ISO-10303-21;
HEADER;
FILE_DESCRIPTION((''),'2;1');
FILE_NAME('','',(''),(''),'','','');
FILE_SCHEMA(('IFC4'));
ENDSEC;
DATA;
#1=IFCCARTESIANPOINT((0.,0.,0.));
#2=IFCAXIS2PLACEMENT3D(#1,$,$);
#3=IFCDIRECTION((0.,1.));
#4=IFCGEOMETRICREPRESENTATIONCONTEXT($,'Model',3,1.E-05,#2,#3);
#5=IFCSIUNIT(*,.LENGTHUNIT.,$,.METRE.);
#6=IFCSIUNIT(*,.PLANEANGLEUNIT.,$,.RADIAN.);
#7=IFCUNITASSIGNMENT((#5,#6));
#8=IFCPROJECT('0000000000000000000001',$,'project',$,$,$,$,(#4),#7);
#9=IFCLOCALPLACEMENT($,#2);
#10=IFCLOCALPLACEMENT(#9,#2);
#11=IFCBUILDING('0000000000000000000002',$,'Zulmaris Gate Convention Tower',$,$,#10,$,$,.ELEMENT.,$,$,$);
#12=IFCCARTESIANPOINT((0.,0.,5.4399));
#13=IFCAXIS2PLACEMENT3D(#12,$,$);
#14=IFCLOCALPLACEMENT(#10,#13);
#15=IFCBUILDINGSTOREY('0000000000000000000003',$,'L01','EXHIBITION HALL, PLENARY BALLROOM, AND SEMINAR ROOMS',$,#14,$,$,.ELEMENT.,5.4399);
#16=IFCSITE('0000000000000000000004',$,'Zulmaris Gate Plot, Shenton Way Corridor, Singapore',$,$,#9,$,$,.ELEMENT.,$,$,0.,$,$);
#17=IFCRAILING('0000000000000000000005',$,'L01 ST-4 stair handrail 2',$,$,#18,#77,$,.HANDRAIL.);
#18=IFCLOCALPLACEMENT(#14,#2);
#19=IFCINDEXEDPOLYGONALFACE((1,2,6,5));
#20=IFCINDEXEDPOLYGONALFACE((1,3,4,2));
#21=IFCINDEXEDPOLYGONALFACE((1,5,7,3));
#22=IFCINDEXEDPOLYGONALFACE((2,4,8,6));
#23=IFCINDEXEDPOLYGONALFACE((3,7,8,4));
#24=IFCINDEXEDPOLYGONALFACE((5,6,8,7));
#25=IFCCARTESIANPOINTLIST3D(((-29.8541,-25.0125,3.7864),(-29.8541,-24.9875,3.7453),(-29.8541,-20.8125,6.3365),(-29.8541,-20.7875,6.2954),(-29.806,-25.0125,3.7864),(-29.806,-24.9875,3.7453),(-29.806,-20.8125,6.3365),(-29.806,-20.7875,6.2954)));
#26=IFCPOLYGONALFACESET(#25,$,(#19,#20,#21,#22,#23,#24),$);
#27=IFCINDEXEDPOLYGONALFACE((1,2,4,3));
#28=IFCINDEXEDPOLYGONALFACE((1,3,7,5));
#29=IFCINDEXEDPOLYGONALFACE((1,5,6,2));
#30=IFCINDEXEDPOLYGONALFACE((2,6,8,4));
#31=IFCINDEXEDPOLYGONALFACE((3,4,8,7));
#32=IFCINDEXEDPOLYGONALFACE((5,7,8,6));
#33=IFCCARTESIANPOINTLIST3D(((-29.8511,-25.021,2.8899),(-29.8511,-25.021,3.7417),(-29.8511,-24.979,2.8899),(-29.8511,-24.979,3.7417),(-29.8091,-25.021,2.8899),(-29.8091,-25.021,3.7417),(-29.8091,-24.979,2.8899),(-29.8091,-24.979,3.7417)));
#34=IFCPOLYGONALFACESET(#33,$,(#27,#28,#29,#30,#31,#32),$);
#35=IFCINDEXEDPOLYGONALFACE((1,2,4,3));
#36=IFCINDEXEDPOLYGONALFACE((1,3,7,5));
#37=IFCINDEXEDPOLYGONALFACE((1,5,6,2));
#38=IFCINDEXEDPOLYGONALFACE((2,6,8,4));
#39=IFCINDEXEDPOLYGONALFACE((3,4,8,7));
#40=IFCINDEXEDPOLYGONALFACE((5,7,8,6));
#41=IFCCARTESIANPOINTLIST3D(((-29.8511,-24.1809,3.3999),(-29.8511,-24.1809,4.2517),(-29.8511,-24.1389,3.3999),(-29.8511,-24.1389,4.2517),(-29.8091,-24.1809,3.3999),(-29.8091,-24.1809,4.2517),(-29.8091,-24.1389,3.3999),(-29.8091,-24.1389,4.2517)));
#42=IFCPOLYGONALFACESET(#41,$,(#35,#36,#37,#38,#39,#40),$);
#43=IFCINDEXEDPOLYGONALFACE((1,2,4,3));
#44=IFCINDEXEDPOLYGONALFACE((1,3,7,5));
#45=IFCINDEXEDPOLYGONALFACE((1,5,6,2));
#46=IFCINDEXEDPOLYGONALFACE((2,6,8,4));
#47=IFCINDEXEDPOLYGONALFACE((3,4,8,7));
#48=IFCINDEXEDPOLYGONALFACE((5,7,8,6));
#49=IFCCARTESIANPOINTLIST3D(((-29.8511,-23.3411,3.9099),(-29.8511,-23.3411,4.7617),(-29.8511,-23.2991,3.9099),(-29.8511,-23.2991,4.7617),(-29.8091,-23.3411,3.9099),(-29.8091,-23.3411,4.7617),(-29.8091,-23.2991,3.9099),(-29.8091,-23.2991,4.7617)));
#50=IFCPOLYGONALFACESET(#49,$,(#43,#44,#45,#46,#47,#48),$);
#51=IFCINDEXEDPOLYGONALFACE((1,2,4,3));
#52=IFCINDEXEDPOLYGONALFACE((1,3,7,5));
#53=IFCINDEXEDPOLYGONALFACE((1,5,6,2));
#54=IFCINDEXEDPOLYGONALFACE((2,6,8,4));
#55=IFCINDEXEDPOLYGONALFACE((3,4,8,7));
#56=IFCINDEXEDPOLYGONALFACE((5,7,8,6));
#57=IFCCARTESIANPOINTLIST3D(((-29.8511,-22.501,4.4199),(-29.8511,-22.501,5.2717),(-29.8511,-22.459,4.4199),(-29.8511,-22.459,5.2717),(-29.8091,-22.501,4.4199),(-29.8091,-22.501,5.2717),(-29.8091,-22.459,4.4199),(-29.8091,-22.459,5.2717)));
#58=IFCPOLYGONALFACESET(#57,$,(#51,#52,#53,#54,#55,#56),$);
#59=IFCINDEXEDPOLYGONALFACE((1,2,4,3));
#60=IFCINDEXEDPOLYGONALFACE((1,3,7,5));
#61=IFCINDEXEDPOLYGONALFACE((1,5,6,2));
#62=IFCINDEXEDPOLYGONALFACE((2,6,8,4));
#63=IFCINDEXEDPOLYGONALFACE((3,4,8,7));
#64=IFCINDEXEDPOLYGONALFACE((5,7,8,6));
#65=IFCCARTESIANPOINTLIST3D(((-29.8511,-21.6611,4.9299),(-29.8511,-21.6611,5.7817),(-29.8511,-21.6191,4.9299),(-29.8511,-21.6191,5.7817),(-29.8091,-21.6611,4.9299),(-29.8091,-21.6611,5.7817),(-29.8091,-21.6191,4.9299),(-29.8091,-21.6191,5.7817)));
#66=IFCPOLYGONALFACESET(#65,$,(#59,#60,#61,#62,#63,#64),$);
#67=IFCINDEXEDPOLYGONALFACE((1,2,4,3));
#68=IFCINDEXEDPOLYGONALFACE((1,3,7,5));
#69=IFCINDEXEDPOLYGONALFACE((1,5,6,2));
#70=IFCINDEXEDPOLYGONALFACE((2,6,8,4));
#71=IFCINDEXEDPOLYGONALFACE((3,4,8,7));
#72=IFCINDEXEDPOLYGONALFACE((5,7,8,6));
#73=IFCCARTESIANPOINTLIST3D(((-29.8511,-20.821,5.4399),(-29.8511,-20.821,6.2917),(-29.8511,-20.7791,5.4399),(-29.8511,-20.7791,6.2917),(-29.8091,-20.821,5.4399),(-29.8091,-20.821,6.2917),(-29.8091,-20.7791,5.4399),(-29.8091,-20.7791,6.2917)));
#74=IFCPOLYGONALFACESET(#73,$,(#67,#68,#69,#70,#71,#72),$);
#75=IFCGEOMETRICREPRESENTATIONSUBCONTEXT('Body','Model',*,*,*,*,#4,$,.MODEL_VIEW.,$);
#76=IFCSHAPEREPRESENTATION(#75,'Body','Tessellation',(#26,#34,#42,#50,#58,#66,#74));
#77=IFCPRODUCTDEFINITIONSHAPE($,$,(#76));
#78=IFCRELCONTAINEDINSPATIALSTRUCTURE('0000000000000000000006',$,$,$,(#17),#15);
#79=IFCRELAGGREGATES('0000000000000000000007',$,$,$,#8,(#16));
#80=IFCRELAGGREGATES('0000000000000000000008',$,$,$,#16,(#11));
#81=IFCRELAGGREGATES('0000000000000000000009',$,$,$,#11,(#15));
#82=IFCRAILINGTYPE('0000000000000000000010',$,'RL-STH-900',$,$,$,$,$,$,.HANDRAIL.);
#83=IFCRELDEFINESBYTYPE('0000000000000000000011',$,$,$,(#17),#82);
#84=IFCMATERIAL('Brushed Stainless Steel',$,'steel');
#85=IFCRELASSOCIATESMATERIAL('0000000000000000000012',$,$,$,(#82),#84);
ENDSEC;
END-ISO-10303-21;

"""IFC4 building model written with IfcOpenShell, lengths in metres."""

from ifc_helpers import new_model, si_unit, direction, frame, origin, origin_2d, place, context, subcontext, project, spatial, rectangle, extrude, material, type_object, element, save


model = new_model("IFC4")

# Units and contexts
model_context = context("Model", 3, precision=1e-05, world=origin(), true_north=direction((0.0, 1.0)))
body_context = subcontext(model_context, "Body", "Model", "MODEL_VIEW")
ifc_project = project(units=[si_unit("LENGTHUNIT", "METRE"), si_unit("PLANEANGLEUNIT", "RADIAN")], contexts=[model_context])

# Site, building, storey
site_placement = place(None, origin())
site = spatial("IfcSite", under=ifc_project, at=site_placement, Name="Zulmaris Gate Plot, Shenton Way Corridor, Singapore", CompositionType="ELEMENT", RefElevation=0.0)
building_placement = place(site_placement, origin())
building = spatial("IfcBuilding", under=site, at=building_placement, Name="Zulmaris Gate Convention Tower", CompositionType="ELEMENT")
storey_placement = place(building_placement, frame((0.0, 0.0, 5.4399)))
storey = spatial("IfcBuildingStorey", under=building, at=storey_placement, Name="L01", Description="EXHIBITION HALL, PLENARY BALLROOM, AND SEMINAR ROOMS", CompositionType="ELEMENT", Elevation=5.4399)

# Railing
ifc_material_1 = material(Name="Brushed Stainless Steel", Category="steel")
railing_type_1 = type_object("IfcRailingType", Name="RL-STH-900", PredefinedType="HANDRAIL", material=ifc_material_1)
railing_1_placement = place(storey_placement, frame((-29.8301, -25.0, 2.8899)))
element("IfcRailing", 1, at=railing_1_placement, inside=storey, type_object=railing_type_1, Name="L01 ST-4 stair handrail 2", PredefinedType="HANDRAIL", context=body_context, shape_type="SweptSolid", body=[
    extrude(rectangle(XDim=0.0481, YDim=0.0481, at=origin_2d()), frame((0.0, 0.0, 0.876), z_axis=(0.0, 0.85478, 0.51899), x_axis=(-1.0, 0.0, 0.0)), (0.0, 0.0, 1.0), 4.9136),
    extrude(rectangle(XDim=0.042, YDim=0.042, at=origin_2d()), origin(), (0.0, 0.0, 1.0), 0.8518),
    extrude(rectangle(XDim=0.042, YDim=0.042, at=origin_2d()), frame((0.0, 0.8401, 0.51)), (0.0, 0.0, 1.0), 0.8518),
    extrude(rectangle(XDim=0.042, YDim=0.042, at=origin_2d()), frame((0.0, 1.6799, 1.02)), (0.0, 0.0, 1.0), 0.8518),
    extrude(rectangle(XDim=0.042, YDim=0.042, at=origin_2d()), frame((0.0, 2.52, 1.53)), (0.0, 0.0, 1.0), 0.8518),
    extrude(rectangle(XDim=0.042, YDim=0.042, at=origin_2d()), frame((0.0, 3.3599, 2.04)), (0.0, 0.0, 1.0), 0.8518),
    extrude(rectangle(XDim=0.042, YDim=0.042, at=origin_2d()), frame((0.0, 4.2, 2.55)), (0.0, 0.0, 1.0), 0.8518),
])

save(model, "model.ifc")
